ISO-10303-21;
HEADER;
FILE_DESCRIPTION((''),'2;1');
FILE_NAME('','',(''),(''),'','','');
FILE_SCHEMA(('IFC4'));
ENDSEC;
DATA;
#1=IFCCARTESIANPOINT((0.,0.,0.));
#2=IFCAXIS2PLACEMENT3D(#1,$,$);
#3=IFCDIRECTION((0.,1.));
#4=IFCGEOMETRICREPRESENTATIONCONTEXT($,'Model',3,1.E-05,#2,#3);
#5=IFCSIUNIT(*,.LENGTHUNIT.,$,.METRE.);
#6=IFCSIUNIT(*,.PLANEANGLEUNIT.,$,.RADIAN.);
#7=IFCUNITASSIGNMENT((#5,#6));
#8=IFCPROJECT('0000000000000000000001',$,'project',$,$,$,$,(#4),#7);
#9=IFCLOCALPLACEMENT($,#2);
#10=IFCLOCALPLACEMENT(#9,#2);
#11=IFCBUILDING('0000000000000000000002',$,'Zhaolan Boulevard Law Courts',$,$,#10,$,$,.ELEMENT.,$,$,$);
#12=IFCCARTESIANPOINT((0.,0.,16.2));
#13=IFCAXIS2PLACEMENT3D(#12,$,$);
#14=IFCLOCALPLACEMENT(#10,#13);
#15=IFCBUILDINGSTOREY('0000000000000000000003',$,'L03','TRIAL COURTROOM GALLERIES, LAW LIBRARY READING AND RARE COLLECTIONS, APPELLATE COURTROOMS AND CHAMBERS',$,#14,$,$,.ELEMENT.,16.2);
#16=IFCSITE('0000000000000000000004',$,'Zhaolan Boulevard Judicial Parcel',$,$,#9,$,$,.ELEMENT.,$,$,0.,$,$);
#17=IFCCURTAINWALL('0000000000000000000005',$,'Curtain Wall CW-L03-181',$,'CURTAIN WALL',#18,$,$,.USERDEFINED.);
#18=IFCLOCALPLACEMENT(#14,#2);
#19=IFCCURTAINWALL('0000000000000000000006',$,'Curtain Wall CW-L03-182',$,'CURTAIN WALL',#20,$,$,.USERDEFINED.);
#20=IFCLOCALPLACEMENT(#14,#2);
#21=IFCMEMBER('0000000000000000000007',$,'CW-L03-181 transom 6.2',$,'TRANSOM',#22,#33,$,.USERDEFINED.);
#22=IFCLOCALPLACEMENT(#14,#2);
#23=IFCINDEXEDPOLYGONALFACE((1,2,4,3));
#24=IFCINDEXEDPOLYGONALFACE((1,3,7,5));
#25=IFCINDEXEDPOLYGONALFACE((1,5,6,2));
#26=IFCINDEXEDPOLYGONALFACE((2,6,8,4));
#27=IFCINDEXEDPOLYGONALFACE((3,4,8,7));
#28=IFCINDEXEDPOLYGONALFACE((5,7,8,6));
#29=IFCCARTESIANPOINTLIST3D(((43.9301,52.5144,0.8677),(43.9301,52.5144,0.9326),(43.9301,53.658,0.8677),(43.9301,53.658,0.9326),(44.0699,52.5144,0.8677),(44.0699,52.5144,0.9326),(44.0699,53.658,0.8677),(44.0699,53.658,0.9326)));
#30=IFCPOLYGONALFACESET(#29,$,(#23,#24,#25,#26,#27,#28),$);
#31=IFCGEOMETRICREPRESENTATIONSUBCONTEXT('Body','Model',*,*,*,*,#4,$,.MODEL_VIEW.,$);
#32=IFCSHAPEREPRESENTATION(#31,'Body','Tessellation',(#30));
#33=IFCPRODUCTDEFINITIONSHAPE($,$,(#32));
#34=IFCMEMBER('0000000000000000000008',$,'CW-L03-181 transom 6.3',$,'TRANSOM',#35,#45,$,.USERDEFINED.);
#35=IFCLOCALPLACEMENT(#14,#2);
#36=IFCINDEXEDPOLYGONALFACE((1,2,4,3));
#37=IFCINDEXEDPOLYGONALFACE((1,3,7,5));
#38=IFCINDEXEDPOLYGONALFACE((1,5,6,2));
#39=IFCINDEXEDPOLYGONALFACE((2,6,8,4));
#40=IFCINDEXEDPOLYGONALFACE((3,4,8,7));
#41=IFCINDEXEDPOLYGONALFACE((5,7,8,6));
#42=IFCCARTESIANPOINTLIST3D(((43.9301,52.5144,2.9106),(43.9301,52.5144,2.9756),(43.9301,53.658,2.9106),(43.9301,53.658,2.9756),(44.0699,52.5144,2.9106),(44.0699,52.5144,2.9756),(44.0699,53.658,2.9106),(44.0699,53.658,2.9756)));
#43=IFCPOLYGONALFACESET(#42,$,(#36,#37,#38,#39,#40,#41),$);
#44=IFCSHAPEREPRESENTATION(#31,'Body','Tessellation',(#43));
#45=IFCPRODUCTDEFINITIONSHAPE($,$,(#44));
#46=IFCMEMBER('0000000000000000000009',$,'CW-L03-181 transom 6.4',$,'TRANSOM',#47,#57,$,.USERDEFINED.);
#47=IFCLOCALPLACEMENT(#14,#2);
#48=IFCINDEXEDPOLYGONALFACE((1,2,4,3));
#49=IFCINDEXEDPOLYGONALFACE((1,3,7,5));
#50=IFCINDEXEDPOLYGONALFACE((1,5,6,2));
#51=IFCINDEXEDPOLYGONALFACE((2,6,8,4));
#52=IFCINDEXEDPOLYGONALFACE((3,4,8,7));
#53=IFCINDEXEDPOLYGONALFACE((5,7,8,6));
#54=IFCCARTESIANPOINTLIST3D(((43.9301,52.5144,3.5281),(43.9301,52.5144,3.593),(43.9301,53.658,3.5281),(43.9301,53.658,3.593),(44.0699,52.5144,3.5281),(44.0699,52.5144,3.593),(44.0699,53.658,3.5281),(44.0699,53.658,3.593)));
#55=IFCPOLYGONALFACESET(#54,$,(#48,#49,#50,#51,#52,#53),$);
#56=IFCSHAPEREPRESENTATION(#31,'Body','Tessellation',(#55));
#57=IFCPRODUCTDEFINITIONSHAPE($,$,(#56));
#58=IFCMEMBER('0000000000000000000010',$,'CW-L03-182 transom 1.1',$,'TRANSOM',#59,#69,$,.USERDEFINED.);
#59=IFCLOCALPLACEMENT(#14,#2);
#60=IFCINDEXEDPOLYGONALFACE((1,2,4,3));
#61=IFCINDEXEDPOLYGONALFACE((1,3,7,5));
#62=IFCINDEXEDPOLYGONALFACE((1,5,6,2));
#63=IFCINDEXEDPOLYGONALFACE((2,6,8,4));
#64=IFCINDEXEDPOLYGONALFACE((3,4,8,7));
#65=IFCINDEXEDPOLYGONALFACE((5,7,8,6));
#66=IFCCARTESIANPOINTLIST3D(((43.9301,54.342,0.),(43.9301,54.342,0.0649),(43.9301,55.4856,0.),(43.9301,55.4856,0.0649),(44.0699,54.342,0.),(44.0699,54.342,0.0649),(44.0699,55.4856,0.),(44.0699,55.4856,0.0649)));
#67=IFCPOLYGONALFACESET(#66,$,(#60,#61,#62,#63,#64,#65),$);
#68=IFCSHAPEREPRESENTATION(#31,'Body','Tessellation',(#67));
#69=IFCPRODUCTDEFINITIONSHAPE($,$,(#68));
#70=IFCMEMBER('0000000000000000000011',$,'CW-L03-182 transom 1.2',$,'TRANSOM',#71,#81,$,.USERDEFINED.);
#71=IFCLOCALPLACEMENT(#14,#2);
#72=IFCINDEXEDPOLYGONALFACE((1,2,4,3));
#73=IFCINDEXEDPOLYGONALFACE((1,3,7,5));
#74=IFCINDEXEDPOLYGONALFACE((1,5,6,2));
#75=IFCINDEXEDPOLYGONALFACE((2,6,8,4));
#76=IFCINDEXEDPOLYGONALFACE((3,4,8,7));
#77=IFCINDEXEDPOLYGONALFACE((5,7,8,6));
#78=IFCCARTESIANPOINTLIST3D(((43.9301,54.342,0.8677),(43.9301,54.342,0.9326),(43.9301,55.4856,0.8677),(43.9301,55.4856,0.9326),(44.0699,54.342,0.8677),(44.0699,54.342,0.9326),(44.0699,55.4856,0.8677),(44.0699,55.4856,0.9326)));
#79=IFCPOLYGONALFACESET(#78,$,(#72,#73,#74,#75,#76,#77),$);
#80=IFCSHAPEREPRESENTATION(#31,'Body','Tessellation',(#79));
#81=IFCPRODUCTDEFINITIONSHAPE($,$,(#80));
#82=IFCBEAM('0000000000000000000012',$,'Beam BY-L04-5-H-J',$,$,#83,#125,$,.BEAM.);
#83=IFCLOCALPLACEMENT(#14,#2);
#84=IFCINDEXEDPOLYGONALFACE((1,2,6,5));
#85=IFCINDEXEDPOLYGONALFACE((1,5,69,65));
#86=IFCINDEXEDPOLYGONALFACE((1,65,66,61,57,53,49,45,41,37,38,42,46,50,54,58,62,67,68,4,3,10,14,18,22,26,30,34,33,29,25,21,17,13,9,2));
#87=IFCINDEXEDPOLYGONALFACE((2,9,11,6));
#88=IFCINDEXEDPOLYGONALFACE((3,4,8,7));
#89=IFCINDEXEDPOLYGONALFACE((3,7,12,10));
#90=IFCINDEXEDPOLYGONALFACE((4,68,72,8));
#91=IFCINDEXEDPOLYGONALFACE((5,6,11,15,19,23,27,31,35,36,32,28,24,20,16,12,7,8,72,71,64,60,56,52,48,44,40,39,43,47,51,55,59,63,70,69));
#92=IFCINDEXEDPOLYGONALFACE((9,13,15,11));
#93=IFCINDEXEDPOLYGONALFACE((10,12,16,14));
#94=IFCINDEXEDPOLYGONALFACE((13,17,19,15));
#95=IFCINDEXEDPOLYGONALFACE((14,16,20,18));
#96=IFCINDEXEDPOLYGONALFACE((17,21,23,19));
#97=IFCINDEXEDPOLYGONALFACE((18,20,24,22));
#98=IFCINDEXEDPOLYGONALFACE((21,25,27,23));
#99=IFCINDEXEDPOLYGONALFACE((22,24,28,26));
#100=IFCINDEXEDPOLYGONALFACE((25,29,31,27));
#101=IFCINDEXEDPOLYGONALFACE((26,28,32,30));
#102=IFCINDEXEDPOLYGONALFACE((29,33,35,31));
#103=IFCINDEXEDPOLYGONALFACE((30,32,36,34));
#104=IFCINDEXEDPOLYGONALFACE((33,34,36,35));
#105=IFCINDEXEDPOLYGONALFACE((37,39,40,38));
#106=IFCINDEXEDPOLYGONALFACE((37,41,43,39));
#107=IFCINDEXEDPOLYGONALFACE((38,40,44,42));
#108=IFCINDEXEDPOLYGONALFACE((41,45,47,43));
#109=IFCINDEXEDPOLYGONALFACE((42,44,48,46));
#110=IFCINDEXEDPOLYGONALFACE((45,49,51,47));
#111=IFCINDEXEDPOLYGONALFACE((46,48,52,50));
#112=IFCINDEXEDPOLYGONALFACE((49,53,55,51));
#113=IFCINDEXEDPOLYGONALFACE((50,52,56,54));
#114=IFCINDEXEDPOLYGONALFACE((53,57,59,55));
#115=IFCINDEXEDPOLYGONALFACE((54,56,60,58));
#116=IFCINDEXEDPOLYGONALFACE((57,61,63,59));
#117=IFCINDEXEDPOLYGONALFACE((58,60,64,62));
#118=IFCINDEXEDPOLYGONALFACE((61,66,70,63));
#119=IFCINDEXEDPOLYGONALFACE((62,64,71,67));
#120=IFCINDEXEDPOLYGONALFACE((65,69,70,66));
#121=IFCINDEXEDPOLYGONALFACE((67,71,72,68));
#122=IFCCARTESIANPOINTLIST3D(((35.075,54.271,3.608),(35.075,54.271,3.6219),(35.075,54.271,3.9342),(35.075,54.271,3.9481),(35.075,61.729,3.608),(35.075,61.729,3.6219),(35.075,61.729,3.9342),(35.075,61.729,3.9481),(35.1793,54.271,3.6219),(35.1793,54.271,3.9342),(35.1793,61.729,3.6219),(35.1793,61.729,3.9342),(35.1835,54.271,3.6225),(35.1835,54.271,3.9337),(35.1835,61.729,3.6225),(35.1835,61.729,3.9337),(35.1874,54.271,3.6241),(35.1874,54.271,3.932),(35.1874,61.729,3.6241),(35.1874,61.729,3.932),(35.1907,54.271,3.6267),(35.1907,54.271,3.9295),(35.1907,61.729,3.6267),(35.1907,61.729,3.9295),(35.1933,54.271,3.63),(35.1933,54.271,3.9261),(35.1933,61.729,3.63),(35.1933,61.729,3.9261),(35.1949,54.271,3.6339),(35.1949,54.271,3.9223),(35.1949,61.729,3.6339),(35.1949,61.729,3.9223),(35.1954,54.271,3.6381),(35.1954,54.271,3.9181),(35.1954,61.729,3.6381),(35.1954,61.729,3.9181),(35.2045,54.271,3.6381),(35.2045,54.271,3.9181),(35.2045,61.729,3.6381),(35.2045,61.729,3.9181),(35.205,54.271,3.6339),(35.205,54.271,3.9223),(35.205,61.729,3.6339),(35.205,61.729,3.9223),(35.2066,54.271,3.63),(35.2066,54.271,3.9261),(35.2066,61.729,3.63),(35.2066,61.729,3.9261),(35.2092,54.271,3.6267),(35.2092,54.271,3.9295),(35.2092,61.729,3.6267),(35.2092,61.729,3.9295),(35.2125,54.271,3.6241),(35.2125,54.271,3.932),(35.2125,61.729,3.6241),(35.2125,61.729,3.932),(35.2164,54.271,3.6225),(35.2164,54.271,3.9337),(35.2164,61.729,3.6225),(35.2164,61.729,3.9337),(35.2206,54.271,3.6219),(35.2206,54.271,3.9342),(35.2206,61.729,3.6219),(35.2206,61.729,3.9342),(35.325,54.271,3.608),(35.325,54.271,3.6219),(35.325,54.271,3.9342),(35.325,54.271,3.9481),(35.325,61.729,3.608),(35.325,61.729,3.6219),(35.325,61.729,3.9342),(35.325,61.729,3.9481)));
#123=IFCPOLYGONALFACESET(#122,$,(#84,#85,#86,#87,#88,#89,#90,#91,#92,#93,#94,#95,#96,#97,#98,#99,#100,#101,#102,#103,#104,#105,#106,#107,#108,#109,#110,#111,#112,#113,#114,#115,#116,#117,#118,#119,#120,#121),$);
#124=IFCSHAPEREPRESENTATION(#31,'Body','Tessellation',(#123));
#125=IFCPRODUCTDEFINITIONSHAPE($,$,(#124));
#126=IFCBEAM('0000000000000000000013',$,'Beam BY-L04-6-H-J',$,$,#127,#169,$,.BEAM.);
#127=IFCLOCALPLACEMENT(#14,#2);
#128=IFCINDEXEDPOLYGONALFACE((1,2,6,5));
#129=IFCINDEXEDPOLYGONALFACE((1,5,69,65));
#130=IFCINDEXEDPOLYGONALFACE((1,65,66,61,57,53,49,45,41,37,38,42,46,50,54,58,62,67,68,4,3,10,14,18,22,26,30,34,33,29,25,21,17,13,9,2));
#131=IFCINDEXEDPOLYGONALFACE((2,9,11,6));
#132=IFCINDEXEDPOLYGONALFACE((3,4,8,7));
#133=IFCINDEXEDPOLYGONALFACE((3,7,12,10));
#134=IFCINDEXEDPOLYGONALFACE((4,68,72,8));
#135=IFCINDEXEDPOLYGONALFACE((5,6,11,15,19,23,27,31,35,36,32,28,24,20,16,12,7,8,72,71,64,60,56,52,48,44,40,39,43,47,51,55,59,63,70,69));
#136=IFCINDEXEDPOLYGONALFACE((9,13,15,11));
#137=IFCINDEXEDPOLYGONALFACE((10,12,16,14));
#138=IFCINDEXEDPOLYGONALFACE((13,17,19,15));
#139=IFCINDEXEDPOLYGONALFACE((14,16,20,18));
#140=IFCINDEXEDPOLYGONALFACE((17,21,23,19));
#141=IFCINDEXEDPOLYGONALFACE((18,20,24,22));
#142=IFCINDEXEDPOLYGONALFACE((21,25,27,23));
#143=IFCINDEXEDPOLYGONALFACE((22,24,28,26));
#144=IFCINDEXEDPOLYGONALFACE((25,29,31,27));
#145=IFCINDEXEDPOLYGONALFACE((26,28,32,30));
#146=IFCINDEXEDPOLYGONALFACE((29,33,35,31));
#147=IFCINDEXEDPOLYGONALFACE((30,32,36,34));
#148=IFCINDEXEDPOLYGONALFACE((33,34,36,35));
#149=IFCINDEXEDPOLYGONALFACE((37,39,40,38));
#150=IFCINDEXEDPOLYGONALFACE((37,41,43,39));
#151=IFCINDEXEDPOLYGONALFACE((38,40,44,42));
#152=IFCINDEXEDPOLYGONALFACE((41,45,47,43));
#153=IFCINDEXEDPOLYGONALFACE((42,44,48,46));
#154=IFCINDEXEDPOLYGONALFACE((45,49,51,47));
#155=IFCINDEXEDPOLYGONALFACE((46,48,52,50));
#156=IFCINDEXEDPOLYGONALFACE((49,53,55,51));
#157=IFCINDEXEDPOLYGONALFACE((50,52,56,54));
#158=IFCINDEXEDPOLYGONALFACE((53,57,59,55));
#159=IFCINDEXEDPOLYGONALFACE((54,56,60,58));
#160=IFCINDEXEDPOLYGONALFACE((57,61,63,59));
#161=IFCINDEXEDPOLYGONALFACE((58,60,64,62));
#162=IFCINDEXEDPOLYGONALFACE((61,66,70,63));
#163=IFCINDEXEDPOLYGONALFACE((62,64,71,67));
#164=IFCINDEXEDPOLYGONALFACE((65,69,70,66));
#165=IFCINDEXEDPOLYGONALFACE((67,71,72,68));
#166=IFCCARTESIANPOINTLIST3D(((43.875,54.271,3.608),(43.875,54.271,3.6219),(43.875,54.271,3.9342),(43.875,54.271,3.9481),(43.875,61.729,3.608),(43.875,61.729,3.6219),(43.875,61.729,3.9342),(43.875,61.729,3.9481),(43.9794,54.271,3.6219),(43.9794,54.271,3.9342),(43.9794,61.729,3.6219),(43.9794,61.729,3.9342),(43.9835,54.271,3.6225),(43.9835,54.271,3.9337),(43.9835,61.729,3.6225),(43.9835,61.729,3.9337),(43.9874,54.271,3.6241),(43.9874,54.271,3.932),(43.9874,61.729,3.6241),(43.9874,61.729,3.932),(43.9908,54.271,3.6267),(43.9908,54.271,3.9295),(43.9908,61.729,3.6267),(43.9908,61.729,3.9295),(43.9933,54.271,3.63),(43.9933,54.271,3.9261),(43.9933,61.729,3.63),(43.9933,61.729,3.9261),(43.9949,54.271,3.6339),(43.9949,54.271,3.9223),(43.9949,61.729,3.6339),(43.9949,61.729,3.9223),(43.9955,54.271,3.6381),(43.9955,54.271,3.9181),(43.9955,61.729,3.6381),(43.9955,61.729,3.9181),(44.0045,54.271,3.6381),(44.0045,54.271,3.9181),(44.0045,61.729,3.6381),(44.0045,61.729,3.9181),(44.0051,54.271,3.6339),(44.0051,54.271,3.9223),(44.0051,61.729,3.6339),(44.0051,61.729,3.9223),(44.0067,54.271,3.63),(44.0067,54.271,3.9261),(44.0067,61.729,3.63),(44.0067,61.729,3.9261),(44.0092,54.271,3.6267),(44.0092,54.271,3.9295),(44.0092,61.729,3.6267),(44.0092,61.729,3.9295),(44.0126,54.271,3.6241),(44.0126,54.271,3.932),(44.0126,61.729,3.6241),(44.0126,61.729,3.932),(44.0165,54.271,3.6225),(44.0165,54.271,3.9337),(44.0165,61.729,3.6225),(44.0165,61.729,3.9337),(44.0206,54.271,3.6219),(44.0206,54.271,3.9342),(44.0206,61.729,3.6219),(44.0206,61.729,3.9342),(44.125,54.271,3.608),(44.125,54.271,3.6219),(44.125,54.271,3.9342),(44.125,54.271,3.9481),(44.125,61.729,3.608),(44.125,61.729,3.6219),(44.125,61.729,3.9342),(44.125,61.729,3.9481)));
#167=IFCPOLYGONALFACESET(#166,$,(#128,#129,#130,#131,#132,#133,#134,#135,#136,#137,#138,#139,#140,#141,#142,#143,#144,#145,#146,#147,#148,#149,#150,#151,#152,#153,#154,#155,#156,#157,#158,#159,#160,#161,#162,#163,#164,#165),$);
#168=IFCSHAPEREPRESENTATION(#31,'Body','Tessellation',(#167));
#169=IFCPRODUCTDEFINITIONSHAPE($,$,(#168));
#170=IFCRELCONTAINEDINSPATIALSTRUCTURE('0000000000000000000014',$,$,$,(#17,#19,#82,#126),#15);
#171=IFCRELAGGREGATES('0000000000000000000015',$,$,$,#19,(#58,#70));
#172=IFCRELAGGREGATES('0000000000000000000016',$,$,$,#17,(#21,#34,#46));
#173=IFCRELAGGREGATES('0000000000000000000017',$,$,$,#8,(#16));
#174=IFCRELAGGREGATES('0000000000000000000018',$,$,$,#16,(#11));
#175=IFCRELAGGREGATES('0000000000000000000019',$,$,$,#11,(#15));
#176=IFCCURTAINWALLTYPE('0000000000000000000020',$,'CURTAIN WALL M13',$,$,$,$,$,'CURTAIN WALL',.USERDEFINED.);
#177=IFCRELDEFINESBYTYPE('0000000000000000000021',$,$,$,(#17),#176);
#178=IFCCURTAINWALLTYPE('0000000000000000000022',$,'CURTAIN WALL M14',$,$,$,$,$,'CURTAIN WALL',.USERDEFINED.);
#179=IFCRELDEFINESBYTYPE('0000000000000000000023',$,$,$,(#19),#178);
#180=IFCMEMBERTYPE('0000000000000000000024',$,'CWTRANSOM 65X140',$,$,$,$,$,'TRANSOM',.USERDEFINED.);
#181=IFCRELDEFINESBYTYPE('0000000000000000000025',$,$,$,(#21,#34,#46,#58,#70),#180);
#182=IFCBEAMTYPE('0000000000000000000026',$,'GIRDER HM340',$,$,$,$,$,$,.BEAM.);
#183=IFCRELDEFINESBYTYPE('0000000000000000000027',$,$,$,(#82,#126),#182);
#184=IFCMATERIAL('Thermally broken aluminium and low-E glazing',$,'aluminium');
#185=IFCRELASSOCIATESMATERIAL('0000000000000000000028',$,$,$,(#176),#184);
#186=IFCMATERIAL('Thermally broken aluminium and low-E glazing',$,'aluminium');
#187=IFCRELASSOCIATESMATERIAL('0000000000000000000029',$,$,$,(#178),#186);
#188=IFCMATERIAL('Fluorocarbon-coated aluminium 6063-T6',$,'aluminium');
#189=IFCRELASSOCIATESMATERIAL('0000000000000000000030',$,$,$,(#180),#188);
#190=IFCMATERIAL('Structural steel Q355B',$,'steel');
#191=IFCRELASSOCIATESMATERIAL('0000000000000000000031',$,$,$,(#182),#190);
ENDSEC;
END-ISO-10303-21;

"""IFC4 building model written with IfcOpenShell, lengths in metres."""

from ifc_helpers import new_model, si_unit, direction, frame, origin, origin_2d, place, context, subcontext, project, spatial, rectangle, i_section, extrude, material, material_profile, profile_set, type_object, element, aggregate, save


model = new_model("IFC4")

# Units and contexts
model_context = context("Model", 3, precision=1e-05, world=origin(), true_north=direction((0.0, 1.0)))
body_context = subcontext(model_context, "Body", "Model", "MODEL_VIEW")
ifc_project = project(units=[si_unit("LENGTHUNIT", "METRE"), si_unit("PLANEANGLEUNIT", "RADIAN")], contexts=[model_context])

# Site, building, storey
site_placement = place(None, origin())
site = spatial("IfcSite", under=ifc_project, at=site_placement, Name="Zhaolan Boulevard Judicial Parcel", CompositionType="ELEMENT", RefElevation=0.0)
building_placement = place(site_placement, origin())
building = spatial("IfcBuilding", under=site, at=building_placement, Name="Zhaolan Boulevard Law Courts", CompositionType="ELEMENT")
storey_placement = place(building_placement, frame((0.0, 0.0, 16.2)))
storey = spatial("IfcBuildingStorey", under=building, at=storey_placement, Name="L03", Description="TRIAL COURTROOM GALLERIES, LAW LIBRARY READING AND RARE COLLECTIONS, APPELLATE COURTROOMS AND CHAMBERS", CompositionType="ELEMENT", Elevation=16.2)

# Curtain wall
ifc_material_1 = material(Name="Thermally broken aluminium and low-E glazing", Category="aluminium")
curtain_wall_type_1 = type_object("IfcCurtainWallType", Name="CURTAIN WALL M13", ElementType="CURTAIN WALL", PredefinedType="USERDEFINED", material=ifc_material_1)
curtain_wall_1_placement = place(storey_placement, origin())
curtain_wall_1 = element("IfcCurtainWall", 1, at=curtain_wall_1_placement, inside=storey, type_object=curtain_wall_type_1, Name="Curtain Wall CW-L03-181", ObjectType="CURTAIN WALL", PredefinedType="USERDEFINED")

# Curtain wall
ifc_material_2 = material(Name="Thermally broken aluminium and low-E glazing", Category="aluminium")
curtain_wall_type_2 = type_object("IfcCurtainWallType", Name="CURTAIN WALL M14", ElementType="CURTAIN WALL", PredefinedType="USERDEFINED", material=ifc_material_2)
curtain_wall_2_placement = place(storey_placement, origin())
curtain_wall_2 = element("IfcCurtainWall", 2, at=curtain_wall_2_placement, inside=storey, type_object=curtain_wall_type_2, Name="Curtain Wall CW-L03-182", ObjectType="CURTAIN WALL", PredefinedType="USERDEFINED")

# Members
ifc_material_3 = material(Name="Fluorocarbon-coated aluminium 6063-T6", Category="aluminium")
ifc_material_profile_1 = material_profile(ifc_material_3, rectangle(XDim=0.1399, YDim=0.0649, at=origin_2d()), Name="AL65x140")
ifc_profile_set_1 = profile_set([ifc_material_profile_1], Name="Fluorocarbon-coated aluminium 6063-T6")
member_type_1 = type_object("IfcMemberType", Name="CWTRANSOM 65X140", ElementType="TRANSOM", PredefinedType="USERDEFINED", material=ifc_profile_set_1)
member_1_placement = place(storey_placement, frame((44.0, 52.5144, 0.9001), z_axis=(0.0, 1.0, 0.0), x_axis=(-1.0, 0.0, 0.0)))
member_1 = element("IfcMember", 3, at=member_1_placement, type_object=member_type_1, Name="CW-L03-181 transom 6.2", ObjectType="TRANSOM", PredefinedType="USERDEFINED", context=body_context, shape_type="SweptSolid", body=[
    extrude(rectangle(XDim=0.1399, YDim=0.0649, at=origin_2d()), origin(), (0.0, 0.0, 1.0), 1.1436),
])
member_2_placement = place(storey_placement, frame((44.0, 52.5144, 2.9431), z_axis=(0.0, 1.0, 0.0), x_axis=(-1.0, 0.0, 0.0)))
member_2 = element("IfcMember", 4, at=member_2_placement, type_object=member_type_1, Name="CW-L03-181 transom 6.3", ObjectType="TRANSOM", PredefinedType="USERDEFINED", context=body_context, shape_type="SweptSolid", body=[
    extrude(rectangle(XDim=0.1399, YDim=0.0649, at=origin_2d()), origin(), (0.0, 0.0, 1.0), 1.1436),
])
member_3_placement = place(storey_placement, frame((44.0, 52.5144, 3.5605), z_axis=(0.0, 1.0, 0.0), x_axis=(-1.0, 0.0, 0.0)))
member_3 = element("IfcMember", 5, at=member_3_placement, type_object=member_type_1, Name="CW-L03-181 transom 6.4", ObjectType="TRANSOM", PredefinedType="USERDEFINED", context=body_context, shape_type="SweptSolid", body=[
    extrude(rectangle(XDim=0.1399, YDim=0.0649, at=origin_2d()), origin(), (0.0, 0.0, 1.0), 1.1436),
])
member_4_placement = place(storey_placement, frame((44.0, 54.342, 0.0325), z_axis=(0.0, 1.0, 0.0), x_axis=(-1.0, 0.0, 0.0)))
member_4 = element("IfcMember", 6, at=member_4_placement, type_object=member_type_1, Name="CW-L03-182 transom 1.1", ObjectType="TRANSOM", PredefinedType="USERDEFINED", context=body_context, shape_type="SweptSolid", body=[
    extrude(rectangle(XDim=0.1399, YDim=0.0649, at=origin_2d()), origin(), (0.0, 0.0, 1.0), 1.1436),
])
member_5_placement = place(storey_placement, frame((44.0, 54.342, 0.9001), z_axis=(0.0, 1.0, 0.0), x_axis=(-1.0, 0.0, 0.0)))
member_5 = element("IfcMember", 7, at=member_5_placement, type_object=member_type_1, Name="CW-L03-182 transom 1.2", ObjectType="TRANSOM", PredefinedType="USERDEFINED", context=body_context, shape_type="SweptSolid", body=[
    extrude(rectangle(XDim=0.1399, YDim=0.0649, at=origin_2d()), origin(), (0.0, 0.0, 1.0), 1.1436),
])
aggregate(curtain_wall_2, [member_4, member_5])

# Beams
ifc_material_4 = material(Name="Structural steel Q355B", Category="steel")
ifc_material_profile_2 = material_profile(ifc_material_4, i_section(OverallWidth=0.25, OverallDepth=0.3401, WebThickness=0.009, FlangeThickness=0.0139, FilletRadius=0.0161, at=origin_2d()), Name="HM340x250")
ifc_profile_set_2 = profile_set([ifc_material_profile_2], Name="Structural steel Q355B")
beam_type_1 = type_object("IfcBeamType", Name="GIRDER HM340", PredefinedType="BEAM", material=ifc_profile_set_2)
for number, where, z_axis, x_axis, name in (
    (8, (35.2, 54.271, 3.7781), (0.0, 1.0, 0.0), (-1.0, 0.0, 0.0), "Beam BY-L04-5-H-J"),
    (9, (44.0, 54.271, 3.7781), (0.0, 1.0, 0.0), (-1.0, 0.0, 0.0), "Beam BY-L04-6-H-J"),
):
    element("IfcBeam", number, at=place(storey_placement, frame(where, z_axis=z_axis, x_axis=x_axis)), inside=storey, type_object=beam_type_1, Name=name, PredefinedType="BEAM", context=body_context, shape_type="SweptSolid", body=[
        extrude(i_section(OverallWidth=0.25, OverallDepth=0.3401, WebThickness=0.009, FlangeThickness=0.0139, FilletRadius=0.0161, at=origin_2d()), origin(), (0.0, 0.0, 1.0), 7.458),
    ])

aggregate(curtain_wall_1, [member_1, member_2, member_3])

save(model, "model.ifc")
